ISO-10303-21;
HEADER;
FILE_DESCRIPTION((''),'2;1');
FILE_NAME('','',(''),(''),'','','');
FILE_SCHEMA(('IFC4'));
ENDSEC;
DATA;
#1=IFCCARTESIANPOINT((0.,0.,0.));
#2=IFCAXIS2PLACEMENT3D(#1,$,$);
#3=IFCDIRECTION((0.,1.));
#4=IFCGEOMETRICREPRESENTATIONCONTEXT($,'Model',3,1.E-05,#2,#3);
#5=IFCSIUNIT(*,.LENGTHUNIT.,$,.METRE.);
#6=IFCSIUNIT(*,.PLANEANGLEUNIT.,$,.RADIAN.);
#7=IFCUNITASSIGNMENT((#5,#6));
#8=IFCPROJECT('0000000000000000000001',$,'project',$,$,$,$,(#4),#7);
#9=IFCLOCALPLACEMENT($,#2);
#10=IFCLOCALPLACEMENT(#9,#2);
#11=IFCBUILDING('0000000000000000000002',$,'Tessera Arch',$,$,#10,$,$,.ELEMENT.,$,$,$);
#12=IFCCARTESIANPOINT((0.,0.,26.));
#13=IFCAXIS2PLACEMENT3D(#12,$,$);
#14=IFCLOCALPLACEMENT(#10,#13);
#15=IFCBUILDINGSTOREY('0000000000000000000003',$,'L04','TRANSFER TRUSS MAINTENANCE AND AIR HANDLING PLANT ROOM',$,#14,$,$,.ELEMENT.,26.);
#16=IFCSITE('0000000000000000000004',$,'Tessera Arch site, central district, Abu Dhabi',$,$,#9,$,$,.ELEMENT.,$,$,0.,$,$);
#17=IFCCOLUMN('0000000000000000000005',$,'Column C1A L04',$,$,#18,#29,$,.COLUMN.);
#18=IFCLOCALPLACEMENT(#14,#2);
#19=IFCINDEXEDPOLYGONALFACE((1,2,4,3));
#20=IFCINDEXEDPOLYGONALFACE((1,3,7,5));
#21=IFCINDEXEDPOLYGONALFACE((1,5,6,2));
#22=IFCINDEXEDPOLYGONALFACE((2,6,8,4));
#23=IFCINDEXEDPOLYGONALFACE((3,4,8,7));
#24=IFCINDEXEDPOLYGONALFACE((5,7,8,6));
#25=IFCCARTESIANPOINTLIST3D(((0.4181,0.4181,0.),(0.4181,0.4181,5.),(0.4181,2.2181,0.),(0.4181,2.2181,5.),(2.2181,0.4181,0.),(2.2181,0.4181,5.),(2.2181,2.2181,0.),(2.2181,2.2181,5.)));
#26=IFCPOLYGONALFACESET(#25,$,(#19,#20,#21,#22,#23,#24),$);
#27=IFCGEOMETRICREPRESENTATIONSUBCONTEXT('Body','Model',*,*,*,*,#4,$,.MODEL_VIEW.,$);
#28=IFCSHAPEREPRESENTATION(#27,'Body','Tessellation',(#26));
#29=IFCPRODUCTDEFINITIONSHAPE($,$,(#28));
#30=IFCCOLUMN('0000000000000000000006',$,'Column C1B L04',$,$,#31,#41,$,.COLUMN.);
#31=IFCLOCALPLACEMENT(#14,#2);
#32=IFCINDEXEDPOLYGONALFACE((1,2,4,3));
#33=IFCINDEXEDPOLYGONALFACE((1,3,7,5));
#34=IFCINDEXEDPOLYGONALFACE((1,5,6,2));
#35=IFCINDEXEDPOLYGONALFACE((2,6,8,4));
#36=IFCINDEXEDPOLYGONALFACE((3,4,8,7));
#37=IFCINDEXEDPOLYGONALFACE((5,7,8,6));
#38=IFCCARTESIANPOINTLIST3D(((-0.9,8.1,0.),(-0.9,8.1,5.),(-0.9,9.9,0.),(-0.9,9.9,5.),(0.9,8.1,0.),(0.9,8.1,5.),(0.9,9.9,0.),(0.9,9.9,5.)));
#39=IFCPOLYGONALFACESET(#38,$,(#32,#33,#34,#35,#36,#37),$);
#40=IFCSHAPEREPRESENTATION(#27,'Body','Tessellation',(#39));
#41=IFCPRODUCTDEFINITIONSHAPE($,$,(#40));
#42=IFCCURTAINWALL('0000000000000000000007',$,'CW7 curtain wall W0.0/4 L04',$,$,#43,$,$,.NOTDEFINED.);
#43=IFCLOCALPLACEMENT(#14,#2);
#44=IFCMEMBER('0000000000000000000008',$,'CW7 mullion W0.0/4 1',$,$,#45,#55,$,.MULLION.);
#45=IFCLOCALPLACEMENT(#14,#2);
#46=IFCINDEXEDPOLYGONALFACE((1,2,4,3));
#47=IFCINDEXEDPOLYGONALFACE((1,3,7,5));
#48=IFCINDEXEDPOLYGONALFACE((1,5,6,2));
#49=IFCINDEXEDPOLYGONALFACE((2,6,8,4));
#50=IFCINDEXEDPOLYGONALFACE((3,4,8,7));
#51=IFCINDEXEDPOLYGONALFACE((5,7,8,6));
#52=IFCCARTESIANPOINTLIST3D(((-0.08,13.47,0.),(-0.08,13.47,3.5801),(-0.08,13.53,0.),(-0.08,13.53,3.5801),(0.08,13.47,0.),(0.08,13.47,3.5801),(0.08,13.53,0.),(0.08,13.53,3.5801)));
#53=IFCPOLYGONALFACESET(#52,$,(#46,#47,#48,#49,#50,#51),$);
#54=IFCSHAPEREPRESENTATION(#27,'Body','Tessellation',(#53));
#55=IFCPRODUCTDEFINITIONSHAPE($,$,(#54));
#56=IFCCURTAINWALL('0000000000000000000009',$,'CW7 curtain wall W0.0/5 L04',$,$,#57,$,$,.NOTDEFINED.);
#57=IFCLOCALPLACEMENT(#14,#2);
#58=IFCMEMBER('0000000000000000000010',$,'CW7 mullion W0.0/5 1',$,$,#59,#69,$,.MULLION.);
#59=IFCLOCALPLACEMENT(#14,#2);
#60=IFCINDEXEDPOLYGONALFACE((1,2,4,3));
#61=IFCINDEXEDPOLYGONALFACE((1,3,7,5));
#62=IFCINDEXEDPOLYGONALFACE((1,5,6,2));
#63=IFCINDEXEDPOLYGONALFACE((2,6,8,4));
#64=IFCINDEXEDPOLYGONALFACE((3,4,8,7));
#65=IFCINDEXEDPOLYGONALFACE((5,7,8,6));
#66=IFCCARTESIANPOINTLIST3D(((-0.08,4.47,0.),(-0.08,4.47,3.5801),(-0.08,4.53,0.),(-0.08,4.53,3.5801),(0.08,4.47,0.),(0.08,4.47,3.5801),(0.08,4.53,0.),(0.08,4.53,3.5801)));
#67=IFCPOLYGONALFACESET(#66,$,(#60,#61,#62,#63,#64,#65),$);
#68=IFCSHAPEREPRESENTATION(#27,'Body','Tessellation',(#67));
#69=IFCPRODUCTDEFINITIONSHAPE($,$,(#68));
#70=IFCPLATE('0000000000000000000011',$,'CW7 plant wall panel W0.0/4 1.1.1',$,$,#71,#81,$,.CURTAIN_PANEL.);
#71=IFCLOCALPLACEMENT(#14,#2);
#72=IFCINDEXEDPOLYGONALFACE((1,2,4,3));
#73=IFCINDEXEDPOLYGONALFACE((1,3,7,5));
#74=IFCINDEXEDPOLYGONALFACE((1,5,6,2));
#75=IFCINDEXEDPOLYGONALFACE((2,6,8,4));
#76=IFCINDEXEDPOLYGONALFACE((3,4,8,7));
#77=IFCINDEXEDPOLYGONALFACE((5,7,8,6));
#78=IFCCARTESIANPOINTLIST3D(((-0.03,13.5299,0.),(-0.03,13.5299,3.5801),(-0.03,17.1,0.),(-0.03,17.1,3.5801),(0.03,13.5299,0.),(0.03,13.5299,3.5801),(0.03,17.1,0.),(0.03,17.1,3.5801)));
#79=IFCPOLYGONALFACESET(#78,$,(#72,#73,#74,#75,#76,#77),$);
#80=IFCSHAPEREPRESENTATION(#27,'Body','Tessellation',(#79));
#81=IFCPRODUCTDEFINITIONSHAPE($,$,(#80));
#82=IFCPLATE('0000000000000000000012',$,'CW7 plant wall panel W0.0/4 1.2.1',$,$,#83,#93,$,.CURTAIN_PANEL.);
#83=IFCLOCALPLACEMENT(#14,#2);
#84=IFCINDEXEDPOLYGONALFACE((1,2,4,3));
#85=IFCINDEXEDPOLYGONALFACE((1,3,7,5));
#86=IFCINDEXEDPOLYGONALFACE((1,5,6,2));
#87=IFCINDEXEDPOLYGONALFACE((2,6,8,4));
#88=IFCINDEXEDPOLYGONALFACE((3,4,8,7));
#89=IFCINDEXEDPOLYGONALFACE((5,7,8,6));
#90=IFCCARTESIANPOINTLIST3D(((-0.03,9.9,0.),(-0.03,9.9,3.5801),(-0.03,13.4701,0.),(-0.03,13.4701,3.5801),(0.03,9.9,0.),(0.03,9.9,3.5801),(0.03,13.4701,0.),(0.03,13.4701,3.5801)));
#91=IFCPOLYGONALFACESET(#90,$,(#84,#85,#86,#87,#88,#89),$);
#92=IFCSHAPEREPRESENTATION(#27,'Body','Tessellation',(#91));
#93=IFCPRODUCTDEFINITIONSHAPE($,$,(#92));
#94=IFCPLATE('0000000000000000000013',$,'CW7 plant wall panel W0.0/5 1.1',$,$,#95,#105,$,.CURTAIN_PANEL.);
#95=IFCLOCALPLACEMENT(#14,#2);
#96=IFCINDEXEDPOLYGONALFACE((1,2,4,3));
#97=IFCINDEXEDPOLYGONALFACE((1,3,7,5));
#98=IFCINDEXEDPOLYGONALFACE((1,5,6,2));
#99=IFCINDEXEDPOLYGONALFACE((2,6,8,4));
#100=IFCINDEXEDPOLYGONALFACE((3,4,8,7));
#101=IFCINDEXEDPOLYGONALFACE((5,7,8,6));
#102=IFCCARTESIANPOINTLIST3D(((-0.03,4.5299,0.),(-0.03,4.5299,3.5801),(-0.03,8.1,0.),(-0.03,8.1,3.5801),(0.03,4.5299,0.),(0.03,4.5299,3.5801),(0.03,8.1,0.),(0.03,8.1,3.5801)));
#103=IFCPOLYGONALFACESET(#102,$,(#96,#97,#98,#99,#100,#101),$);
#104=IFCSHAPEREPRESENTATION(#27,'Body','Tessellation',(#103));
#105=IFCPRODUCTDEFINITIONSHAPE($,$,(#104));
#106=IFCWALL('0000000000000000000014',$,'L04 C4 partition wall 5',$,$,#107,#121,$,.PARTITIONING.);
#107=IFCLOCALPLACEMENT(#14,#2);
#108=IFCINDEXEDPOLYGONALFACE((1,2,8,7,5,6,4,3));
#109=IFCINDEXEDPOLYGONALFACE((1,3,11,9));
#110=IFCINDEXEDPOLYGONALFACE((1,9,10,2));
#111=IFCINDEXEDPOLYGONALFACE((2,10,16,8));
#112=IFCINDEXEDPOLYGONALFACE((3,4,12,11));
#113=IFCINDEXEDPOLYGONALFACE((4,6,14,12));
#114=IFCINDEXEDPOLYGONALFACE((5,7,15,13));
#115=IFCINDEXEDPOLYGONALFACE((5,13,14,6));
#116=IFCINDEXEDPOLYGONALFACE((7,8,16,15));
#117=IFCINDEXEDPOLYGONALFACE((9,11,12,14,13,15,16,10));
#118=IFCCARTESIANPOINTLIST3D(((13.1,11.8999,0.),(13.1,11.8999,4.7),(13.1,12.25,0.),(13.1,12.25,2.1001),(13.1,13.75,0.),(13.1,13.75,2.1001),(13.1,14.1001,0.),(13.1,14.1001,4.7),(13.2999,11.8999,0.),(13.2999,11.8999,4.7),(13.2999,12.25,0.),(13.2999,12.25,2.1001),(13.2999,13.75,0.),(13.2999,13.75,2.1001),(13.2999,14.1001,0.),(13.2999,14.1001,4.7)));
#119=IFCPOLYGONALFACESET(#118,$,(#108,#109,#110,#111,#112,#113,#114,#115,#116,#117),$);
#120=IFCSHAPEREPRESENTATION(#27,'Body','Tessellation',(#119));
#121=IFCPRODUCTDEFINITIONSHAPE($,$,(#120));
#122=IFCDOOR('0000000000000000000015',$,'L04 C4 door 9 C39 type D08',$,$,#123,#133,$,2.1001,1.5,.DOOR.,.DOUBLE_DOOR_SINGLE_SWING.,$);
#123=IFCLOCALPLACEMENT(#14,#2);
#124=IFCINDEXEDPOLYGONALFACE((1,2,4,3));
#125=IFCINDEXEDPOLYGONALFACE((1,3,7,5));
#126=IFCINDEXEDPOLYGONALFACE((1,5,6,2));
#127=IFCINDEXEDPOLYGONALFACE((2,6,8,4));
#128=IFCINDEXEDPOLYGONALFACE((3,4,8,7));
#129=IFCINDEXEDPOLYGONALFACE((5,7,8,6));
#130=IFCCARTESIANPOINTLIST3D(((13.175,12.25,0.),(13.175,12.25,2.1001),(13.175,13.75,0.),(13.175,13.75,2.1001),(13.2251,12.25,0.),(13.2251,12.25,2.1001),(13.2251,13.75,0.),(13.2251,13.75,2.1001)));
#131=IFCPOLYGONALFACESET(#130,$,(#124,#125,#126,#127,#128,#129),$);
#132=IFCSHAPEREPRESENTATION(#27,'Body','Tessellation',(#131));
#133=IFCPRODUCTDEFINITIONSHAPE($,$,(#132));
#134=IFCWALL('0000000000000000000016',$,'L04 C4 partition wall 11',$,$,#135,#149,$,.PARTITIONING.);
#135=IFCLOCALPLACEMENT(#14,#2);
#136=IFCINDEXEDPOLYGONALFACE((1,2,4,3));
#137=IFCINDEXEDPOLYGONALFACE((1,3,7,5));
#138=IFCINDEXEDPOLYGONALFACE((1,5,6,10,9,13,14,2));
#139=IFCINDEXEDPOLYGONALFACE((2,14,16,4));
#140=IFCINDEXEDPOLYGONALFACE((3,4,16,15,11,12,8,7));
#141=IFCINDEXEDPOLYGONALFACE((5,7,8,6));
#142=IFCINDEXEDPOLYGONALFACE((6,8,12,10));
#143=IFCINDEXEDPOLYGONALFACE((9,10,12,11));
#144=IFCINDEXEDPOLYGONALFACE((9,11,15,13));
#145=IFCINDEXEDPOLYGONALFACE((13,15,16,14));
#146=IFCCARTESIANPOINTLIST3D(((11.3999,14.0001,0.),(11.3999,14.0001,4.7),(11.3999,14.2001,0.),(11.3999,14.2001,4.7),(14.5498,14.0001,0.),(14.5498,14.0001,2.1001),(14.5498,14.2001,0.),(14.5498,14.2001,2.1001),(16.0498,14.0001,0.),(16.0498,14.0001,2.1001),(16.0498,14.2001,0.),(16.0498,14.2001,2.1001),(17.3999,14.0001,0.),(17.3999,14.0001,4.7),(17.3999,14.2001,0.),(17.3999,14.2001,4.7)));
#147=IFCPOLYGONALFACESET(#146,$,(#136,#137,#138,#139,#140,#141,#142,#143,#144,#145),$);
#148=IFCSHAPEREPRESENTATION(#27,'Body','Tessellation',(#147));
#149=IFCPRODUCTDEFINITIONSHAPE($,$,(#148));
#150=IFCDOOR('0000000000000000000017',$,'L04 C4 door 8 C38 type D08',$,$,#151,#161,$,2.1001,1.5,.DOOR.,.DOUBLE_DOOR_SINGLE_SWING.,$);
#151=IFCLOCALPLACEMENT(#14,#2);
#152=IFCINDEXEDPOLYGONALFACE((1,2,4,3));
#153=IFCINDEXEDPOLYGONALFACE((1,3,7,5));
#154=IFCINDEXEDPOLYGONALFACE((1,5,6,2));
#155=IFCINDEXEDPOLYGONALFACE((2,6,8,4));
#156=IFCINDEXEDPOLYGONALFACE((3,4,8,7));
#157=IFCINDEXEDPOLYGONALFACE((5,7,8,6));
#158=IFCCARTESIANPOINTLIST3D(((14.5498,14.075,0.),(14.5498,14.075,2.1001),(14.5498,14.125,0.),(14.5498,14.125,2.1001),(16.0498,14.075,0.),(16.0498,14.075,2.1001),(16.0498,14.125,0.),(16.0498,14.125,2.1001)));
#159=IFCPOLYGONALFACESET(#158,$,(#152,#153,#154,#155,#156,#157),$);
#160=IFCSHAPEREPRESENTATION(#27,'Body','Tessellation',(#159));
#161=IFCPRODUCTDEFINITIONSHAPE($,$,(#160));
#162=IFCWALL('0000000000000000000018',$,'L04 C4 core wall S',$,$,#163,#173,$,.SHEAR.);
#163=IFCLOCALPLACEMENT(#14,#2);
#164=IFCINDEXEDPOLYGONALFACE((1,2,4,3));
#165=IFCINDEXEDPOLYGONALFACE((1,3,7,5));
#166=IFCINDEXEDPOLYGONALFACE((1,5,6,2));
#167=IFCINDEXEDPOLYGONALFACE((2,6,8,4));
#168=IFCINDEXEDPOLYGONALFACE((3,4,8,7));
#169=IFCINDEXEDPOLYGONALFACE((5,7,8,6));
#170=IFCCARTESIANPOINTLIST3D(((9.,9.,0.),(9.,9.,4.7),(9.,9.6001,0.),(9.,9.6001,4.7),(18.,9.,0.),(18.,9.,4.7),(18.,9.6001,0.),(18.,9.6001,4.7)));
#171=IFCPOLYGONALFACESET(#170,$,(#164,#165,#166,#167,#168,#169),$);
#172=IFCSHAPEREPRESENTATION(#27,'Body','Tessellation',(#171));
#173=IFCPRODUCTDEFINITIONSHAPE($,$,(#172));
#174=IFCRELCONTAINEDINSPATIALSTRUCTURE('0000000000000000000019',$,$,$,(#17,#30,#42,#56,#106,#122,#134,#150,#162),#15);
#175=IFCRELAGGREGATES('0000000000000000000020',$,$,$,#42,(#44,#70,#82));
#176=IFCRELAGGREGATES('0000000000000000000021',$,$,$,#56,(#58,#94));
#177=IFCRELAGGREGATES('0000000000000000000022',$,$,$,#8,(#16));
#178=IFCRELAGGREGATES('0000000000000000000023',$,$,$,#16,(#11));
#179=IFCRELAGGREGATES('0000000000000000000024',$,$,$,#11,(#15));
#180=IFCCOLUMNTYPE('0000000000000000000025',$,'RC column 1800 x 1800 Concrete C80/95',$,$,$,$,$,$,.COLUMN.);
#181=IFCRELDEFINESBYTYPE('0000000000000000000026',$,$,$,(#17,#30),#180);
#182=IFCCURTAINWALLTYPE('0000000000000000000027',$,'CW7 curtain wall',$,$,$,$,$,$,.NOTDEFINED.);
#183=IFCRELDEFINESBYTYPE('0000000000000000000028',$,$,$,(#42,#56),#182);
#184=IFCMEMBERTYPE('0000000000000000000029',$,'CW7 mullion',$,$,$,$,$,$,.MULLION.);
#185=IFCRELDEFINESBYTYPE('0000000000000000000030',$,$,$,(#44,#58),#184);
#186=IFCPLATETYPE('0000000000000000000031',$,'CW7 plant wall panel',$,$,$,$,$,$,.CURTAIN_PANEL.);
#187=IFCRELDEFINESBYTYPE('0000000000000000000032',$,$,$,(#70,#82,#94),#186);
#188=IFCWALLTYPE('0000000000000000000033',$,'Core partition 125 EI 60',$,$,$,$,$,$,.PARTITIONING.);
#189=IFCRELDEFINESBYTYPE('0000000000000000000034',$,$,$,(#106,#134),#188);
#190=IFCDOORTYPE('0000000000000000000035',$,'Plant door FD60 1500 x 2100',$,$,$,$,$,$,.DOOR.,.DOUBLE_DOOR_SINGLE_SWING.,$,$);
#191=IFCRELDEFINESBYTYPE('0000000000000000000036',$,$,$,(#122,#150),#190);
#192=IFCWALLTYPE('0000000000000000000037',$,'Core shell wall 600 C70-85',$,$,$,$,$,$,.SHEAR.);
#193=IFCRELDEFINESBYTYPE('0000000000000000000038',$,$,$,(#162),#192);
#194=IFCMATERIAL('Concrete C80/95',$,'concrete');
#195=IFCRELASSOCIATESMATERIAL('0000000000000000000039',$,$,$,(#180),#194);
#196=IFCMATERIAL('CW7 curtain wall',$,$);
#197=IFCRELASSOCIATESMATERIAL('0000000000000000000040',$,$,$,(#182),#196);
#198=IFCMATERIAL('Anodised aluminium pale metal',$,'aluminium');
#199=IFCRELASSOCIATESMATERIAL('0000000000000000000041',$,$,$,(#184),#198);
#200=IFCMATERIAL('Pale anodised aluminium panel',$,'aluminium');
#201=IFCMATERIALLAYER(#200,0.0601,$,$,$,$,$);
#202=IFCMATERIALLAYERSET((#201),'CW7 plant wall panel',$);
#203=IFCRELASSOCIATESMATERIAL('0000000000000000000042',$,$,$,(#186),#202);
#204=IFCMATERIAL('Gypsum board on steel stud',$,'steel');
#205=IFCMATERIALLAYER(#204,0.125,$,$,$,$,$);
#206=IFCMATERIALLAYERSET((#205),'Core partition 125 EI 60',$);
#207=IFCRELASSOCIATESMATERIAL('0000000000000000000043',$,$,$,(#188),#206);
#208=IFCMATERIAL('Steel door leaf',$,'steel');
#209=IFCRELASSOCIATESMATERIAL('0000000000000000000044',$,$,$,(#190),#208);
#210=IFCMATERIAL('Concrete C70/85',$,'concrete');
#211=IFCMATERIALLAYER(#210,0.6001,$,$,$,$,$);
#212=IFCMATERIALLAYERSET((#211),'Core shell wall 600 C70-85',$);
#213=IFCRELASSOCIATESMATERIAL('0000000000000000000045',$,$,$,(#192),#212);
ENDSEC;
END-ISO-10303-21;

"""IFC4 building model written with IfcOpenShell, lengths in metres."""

from ifc_helpers import new_model, si_unit, direction, frame, frame_2d, origin, origin_2d, place, context, subcontext, project, spatial, rectangle, extrude, material, layer, layer_set, material_profile, profile_set, type_object, element, fill, aggregate, save


model = new_model("IFC4")

# Units and contexts
model_context = context("Model", 3, precision=1e-05, world=origin(), true_north=direction((0.0, 1.0)))
body_context = subcontext(model_context, "Body", "Model", "MODEL_VIEW")
ifc_project = project(units=[si_unit("LENGTHUNIT", "METRE"), si_unit("PLANEANGLEUNIT", "RADIAN")], contexts=[model_context])

# Site, building, storey
site_placement = place(None, origin())
site = spatial("IfcSite", under=ifc_project, at=site_placement, Name="Tessera Arch site, central district, Abu Dhabi", CompositionType="ELEMENT", RefElevation=0.0)
building_placement = place(site_placement, origin())
building = spatial("IfcBuilding", under=site, at=building_placement, Name="Tessera Arch", CompositionType="ELEMENT")
storey_placement = place(building_placement, frame((0.0, 0.0, 26.0)))
storey = spatial("IfcBuildingStorey", under=building, at=storey_placement, Name="L04", Description="TRANSFER TRUSS MAINTENANCE AND AIR HANDLING PLANT ROOM", CompositionType="ELEMENT", Elevation=26.0)

# Columns
ifc_material_1 = material(Name="Concrete C80/95", Category="concrete")
ifc_material_profile_1 = material_profile(ifc_material_1, rectangle(XDim=1.8, YDim=1.8, at=origin_2d()), Name="RC column 1800 x 1800 Concrete C80/95")
ifc_profile_set_1 = profile_set([ifc_material_profile_1], Name="Concrete C80/95")
column_type = type_object("IfcColumnType", Name="RC column 1800 x 1800 Concrete C80/95", PredefinedType="COLUMN", material=ifc_profile_set_1)
for number, where, z_axis, x_axis, name in (
    (1, (1.3181, 1.3181, 0.0), (0.0, 0.0, 1.0), (1.0, 0.0, 0.0), "Column C1A L04"),
    (2, (0.0, 9.0, 0.0), (0.0, 0.0, 1.0), (1.0, 0.0, 0.0), "Column C1B L04"),
):
    element("IfcColumn", number, at=place(storey_placement, frame(where, z_axis=z_axis, x_axis=x_axis)), inside=storey, type_object=column_type, Name=name, PredefinedType="COLUMN", context=body_context, shape_type="SweptSolid", body=[
        extrude(rectangle(XDim=1.8, YDim=1.8, at=origin_2d()), origin(), (0.0, 0.0, 1.0), 5.0),
    ])

# Curtain walls, members
ifc_material_2 = material(Name="CW7 curtain wall")
curtain_wall_type = type_object("IfcCurtainWallType", Name="CW7 curtain wall", PredefinedType="NOTDEFINED", material=ifc_material_2)
curtain_wall_1_placement = place(storey_placement, origin())
curtain_wall_1 = element("IfcCurtainWall", 3, at=curtain_wall_1_placement, inside=storey, type_object=curtain_wall_type, Name="CW7 curtain wall W0.0/4 L04", PredefinedType="NOTDEFINED")
ifc_material_3 = material(Name="Anodised aluminium pale metal", Category="aluminium")
ifc_material_profile_2 = material_profile(ifc_material_3, rectangle(XDim=0.1599, YDim=0.0601, at=origin_2d()), Name="AL 60x160")
ifc_profile_set_2 = profile_set([ifc_material_profile_2], Name="Anodised aluminium pale metal")
member_type = type_object("IfcMemberType", Name="CW7 mullion", PredefinedType="MULLION", material=ifc_profile_set_2)
member_1_placement = place(storey_placement, frame((0.0, 13.5, 0.0), z_axis=(0.0, 0.0, 1.0), x_axis=(1.0, 0.0, 0.0)))
member_1 = element("IfcMember", 4, at=member_1_placement, type_object=member_type, Name="CW7 mullion W0.0/4 1", PredefinedType="MULLION", context=body_context, shape_type="SweptSolid", body=[
    extrude(rectangle(XDim=0.1599, YDim=0.0601, at=origin_2d()), origin(), (0.0, 0.0, 1.0), 3.5801),
])
curtain_wall_2_placement = place(storey_placement, origin())
curtain_wall_2 = element("IfcCurtainWall", 5, at=curtain_wall_2_placement, inside=storey, type_object=curtain_wall_type, Name="CW7 curtain wall W0.0/5 L04", PredefinedType="NOTDEFINED")
member_2_placement = place(storey_placement, frame((0.0, 4.5, 0.0), z_axis=(0.0, 0.0, 1.0), x_axis=(1.0, 0.0, 0.0)))
member_2 = element("IfcMember", 6, at=member_2_placement, type_object=member_type, Name="CW7 mullion W0.0/5 1", PredefinedType="MULLION", context=body_context, shape_type="SweptSolid", body=[
    extrude(rectangle(XDim=0.1599, YDim=0.0601, at=origin_2d()), origin(), (0.0, 0.0, 1.0), 3.5801),
])

# Plates
ifc_material_4 = material(Name="Pale anodised aluminium panel", Category="aluminium")
ifc_layer_1 = layer(ifc_material_4, 0.0601)
ifc_layer_set_1 = layer_set([ifc_layer_1], Name="CW7 plant wall panel")
plate_type = type_object("IfcPlateType", Name="CW7 plant wall panel", PredefinedType="CURTAIN_PANEL", material=ifc_layer_set_1)
plate_1_placement = place(storey_placement, frame((0.0, 15.3149, 0.0), z_axis=(0.0, 0.0, 1.0), x_axis=(0.0, -1.0, 0.0)))
plate_1 = element("IfcPlate", 7, at=plate_1_placement, type_object=plate_type, Name="CW7 plant wall panel W0.0/4 1.1.1", PredefinedType="CURTAIN_PANEL", context=body_context, shape_type="SweptSolid", body=[
    extrude(rectangle(XDim=3.5701, YDim=0.0601, at=origin_2d()), origin(), (0.0, 0.0, 1.0), 3.5801),
])
plate_2_placement = place(storey_placement, frame((0.0, 11.6851, 0.0), z_axis=(0.0, 0.0, 1.0), x_axis=(0.0, -1.0, 0.0)))
plate_2 = element("IfcPlate", 8, at=plate_2_placement, type_object=plate_type, Name="CW7 plant wall panel W0.0/4 1.2.1", PredefinedType="CURTAIN_PANEL", context=body_context, shape_type="SweptSolid", body=[
    extrude(rectangle(XDim=3.5701, YDim=0.0601, at=origin_2d()), origin(), (0.0, 0.0, 1.0), 3.5801),
])
aggregate(curtain_wall_1, [member_1, plate_1, plate_2])
plate_3_placement = place(storey_placement, frame((0.0, 6.3149, 0.0), z_axis=(0.0, 0.0, 1.0), x_axis=(0.0, -1.0, 0.0)))
plate_3 = element("IfcPlate", 9, at=plate_3_placement, type_object=plate_type, Name="CW7 plant wall panel W0.0/5 1.1", PredefinedType="CURTAIN_PANEL", context=body_context, shape_type="SweptSolid", body=[
    extrude(rectangle(XDim=3.5701, YDim=0.0601, at=origin_2d()), origin(), (0.0, 0.0, 1.0), 3.5801),
])
aggregate(curtain_wall_2, [member_2, plate_3])

# Walls, openings, doors
ifc_material_5 = material(Name="Gypsum board on steel stud", Category="steel")
ifc_layer_2 = layer(ifc_material_5, 0.125)
ifc_layer_set_2 = layer_set([ifc_layer_2], Name="Core partition 125 EI 60")
wall_type_1 = type_object("IfcWallType", Name="Core partition 125 EI 60", PredefinedType="PARTITIONING", material=ifc_layer_set_2)
wall_1_placement = place(storey_placement, frame((13.2, 11.8999, 0.0), z_axis=(0.0, 0.0, 1.0), x_axis=(0.0, 1.0, 0.0)))
wall_1 = element("IfcWall", 10, at=wall_1_placement, inside=storey, type_object=wall_type_1, Name="L04 C4 partition wall 5", PredefinedType="PARTITIONING", context=body_context, shape_type="SweptSolid", body=[
    extrude(rectangle(XDim=2.2002, YDim=0.2, at=frame_2d((1.1001, 0.0))), origin(), (0.0, 0.0, 1.0), 4.7),
])
opening_1_placement = place(wall_1_placement, frame((0.3501, 0.0, 0.0)))
opening_1 = element("IfcOpeningElement", 11, at=opening_1_placement, cuts=wall_1, PredefinedType="OPENING", context=body_context, shape_type="SweptSolid", body=[
    extrude(rectangle(XDim=1.5, YDim=2.1001, at=frame_2d((0.75, 1.05))), frame((0.0, 0.1099, 0.0), z_axis=(0.0, -1.0, 0.0), x_axis=(1.0, 0.0, 0.0)), (0.0, 0.0, 1.0), 0.22),
])
ifc_material_6 = material(Name="Steel door leaf", Category="steel")
door_type_1 = type_object("IfcDoorType", Name="Plant door FD60 1500 x 2100", OperationType="DOUBLE_DOOR_SINGLE_SWING", PredefinedType="DOOR", material=ifc_material_6)
door_1_placement = place(opening_1_placement, origin())
door_1 = element("IfcDoor", 12, at=door_1_placement, inside=storey, type_object=door_type_1, Name="L04 C4 door 9 C39 type D08", OperationType="DOUBLE_DOOR_SINGLE_SWING", OverallHeight=2.1001, OverallWidth=1.5, PredefinedType="DOOR", context=body_context, shape_type="SweptSolid", body=[
    extrude(rectangle(XDim=1.5, YDim=2.1001, at=frame_2d((0.75, 1.05))), frame((0.0, 0.0249, 0.0), z_axis=(0.0, -1.0, 0.0), x_axis=(1.0, 0.0, 0.0)), (0.0, 0.0, 1.0), 0.05),
])
fill(opening_1, door_1)
wall_2_placement = place(storey_placement, frame((11.3999, 14.1001, 0.0), z_axis=(0.0, 0.0, 1.0), x_axis=(1.0, 0.0, 0.0)))
wall_2 = element("IfcWall", 13, at=wall_2_placement, inside=storey, type_object=wall_type_1, Name="L04 C4 partition wall 11", PredefinedType="PARTITIONING", context=body_context, shape_type="SweptSolid", body=[
    extrude(rectangle(XDim=6.0, YDim=0.2, at=frame_2d((3.0, 0.0))), origin(), (0.0, 0.0, 1.0), 4.7),
])
opening_2_placement = place(wall_2_placement, frame((3.1499, 0.0, 0.0)))
opening_2 = element("IfcOpeningElement", 14, at=opening_2_placement, cuts=wall_2, PredefinedType="OPENING", context=body_context, shape_type="SweptSolid", body=[
    extrude(rectangle(XDim=1.5, YDim=2.1001, at=frame_2d((0.75, 1.05))), frame((0.0, 0.1099, 0.0), z_axis=(0.0, -1.0, 0.0), x_axis=(1.0, 0.0, 0.0)), (0.0, 0.0, 1.0), 0.22),
])
door_2_placement = place(opening_2_placement, origin())
door_2 = element("IfcDoor", 15, at=door_2_placement, inside=storey, type_object=door_type_1, Name="L04 C4 door 8 C38 type D08", OperationType="DOUBLE_DOOR_SINGLE_SWING", OverallHeight=2.1001, OverallWidth=1.5, PredefinedType="DOOR", context=body_context, shape_type="SweptSolid", body=[
    extrude(rectangle(XDim=1.5, YDim=2.1001, at=frame_2d((0.75, 1.05))), frame((0.0, 0.0249, 0.0), z_axis=(0.0, -1.0, 0.0), x_axis=(1.0, 0.0, 0.0)), (0.0, 0.0, 1.0), 0.05),
])
fill(opening_2, door_2)

# Wall
ifc_material_7 = material(Name="Concrete C70/85", Category="concrete")
ifc_layer_3 = layer(ifc_material_7, 0.6001)
ifc_layer_set_3 = layer_set([ifc_layer_3], Name="Core shell wall 600 C70-85")
wall_type_2 = type_object("IfcWallType", Name="Core shell wall 600 C70-85", PredefinedType="SHEAR", material=ifc_layer_set_3)
wall_3_placement = place(storey_placement, frame((9.0, 9.3, 0.0), z_axis=(0.0, 0.0, 1.0), x_axis=(1.0, 0.0, 0.0)))
element("IfcWall", 16, at=wall_3_placement, inside=storey, type_object=wall_type_2, Name="L04 C4 core wall S", PredefinedType="SHEAR", context=body_context, shape_type="SweptSolid", body=[
    extrude(rectangle(XDim=9.0, YDim=0.6001, at=frame_2d((4.5, 0.0))), origin(), (0.0, 0.0, 1.0), 4.7),
])

save(model, "model.ifc")
